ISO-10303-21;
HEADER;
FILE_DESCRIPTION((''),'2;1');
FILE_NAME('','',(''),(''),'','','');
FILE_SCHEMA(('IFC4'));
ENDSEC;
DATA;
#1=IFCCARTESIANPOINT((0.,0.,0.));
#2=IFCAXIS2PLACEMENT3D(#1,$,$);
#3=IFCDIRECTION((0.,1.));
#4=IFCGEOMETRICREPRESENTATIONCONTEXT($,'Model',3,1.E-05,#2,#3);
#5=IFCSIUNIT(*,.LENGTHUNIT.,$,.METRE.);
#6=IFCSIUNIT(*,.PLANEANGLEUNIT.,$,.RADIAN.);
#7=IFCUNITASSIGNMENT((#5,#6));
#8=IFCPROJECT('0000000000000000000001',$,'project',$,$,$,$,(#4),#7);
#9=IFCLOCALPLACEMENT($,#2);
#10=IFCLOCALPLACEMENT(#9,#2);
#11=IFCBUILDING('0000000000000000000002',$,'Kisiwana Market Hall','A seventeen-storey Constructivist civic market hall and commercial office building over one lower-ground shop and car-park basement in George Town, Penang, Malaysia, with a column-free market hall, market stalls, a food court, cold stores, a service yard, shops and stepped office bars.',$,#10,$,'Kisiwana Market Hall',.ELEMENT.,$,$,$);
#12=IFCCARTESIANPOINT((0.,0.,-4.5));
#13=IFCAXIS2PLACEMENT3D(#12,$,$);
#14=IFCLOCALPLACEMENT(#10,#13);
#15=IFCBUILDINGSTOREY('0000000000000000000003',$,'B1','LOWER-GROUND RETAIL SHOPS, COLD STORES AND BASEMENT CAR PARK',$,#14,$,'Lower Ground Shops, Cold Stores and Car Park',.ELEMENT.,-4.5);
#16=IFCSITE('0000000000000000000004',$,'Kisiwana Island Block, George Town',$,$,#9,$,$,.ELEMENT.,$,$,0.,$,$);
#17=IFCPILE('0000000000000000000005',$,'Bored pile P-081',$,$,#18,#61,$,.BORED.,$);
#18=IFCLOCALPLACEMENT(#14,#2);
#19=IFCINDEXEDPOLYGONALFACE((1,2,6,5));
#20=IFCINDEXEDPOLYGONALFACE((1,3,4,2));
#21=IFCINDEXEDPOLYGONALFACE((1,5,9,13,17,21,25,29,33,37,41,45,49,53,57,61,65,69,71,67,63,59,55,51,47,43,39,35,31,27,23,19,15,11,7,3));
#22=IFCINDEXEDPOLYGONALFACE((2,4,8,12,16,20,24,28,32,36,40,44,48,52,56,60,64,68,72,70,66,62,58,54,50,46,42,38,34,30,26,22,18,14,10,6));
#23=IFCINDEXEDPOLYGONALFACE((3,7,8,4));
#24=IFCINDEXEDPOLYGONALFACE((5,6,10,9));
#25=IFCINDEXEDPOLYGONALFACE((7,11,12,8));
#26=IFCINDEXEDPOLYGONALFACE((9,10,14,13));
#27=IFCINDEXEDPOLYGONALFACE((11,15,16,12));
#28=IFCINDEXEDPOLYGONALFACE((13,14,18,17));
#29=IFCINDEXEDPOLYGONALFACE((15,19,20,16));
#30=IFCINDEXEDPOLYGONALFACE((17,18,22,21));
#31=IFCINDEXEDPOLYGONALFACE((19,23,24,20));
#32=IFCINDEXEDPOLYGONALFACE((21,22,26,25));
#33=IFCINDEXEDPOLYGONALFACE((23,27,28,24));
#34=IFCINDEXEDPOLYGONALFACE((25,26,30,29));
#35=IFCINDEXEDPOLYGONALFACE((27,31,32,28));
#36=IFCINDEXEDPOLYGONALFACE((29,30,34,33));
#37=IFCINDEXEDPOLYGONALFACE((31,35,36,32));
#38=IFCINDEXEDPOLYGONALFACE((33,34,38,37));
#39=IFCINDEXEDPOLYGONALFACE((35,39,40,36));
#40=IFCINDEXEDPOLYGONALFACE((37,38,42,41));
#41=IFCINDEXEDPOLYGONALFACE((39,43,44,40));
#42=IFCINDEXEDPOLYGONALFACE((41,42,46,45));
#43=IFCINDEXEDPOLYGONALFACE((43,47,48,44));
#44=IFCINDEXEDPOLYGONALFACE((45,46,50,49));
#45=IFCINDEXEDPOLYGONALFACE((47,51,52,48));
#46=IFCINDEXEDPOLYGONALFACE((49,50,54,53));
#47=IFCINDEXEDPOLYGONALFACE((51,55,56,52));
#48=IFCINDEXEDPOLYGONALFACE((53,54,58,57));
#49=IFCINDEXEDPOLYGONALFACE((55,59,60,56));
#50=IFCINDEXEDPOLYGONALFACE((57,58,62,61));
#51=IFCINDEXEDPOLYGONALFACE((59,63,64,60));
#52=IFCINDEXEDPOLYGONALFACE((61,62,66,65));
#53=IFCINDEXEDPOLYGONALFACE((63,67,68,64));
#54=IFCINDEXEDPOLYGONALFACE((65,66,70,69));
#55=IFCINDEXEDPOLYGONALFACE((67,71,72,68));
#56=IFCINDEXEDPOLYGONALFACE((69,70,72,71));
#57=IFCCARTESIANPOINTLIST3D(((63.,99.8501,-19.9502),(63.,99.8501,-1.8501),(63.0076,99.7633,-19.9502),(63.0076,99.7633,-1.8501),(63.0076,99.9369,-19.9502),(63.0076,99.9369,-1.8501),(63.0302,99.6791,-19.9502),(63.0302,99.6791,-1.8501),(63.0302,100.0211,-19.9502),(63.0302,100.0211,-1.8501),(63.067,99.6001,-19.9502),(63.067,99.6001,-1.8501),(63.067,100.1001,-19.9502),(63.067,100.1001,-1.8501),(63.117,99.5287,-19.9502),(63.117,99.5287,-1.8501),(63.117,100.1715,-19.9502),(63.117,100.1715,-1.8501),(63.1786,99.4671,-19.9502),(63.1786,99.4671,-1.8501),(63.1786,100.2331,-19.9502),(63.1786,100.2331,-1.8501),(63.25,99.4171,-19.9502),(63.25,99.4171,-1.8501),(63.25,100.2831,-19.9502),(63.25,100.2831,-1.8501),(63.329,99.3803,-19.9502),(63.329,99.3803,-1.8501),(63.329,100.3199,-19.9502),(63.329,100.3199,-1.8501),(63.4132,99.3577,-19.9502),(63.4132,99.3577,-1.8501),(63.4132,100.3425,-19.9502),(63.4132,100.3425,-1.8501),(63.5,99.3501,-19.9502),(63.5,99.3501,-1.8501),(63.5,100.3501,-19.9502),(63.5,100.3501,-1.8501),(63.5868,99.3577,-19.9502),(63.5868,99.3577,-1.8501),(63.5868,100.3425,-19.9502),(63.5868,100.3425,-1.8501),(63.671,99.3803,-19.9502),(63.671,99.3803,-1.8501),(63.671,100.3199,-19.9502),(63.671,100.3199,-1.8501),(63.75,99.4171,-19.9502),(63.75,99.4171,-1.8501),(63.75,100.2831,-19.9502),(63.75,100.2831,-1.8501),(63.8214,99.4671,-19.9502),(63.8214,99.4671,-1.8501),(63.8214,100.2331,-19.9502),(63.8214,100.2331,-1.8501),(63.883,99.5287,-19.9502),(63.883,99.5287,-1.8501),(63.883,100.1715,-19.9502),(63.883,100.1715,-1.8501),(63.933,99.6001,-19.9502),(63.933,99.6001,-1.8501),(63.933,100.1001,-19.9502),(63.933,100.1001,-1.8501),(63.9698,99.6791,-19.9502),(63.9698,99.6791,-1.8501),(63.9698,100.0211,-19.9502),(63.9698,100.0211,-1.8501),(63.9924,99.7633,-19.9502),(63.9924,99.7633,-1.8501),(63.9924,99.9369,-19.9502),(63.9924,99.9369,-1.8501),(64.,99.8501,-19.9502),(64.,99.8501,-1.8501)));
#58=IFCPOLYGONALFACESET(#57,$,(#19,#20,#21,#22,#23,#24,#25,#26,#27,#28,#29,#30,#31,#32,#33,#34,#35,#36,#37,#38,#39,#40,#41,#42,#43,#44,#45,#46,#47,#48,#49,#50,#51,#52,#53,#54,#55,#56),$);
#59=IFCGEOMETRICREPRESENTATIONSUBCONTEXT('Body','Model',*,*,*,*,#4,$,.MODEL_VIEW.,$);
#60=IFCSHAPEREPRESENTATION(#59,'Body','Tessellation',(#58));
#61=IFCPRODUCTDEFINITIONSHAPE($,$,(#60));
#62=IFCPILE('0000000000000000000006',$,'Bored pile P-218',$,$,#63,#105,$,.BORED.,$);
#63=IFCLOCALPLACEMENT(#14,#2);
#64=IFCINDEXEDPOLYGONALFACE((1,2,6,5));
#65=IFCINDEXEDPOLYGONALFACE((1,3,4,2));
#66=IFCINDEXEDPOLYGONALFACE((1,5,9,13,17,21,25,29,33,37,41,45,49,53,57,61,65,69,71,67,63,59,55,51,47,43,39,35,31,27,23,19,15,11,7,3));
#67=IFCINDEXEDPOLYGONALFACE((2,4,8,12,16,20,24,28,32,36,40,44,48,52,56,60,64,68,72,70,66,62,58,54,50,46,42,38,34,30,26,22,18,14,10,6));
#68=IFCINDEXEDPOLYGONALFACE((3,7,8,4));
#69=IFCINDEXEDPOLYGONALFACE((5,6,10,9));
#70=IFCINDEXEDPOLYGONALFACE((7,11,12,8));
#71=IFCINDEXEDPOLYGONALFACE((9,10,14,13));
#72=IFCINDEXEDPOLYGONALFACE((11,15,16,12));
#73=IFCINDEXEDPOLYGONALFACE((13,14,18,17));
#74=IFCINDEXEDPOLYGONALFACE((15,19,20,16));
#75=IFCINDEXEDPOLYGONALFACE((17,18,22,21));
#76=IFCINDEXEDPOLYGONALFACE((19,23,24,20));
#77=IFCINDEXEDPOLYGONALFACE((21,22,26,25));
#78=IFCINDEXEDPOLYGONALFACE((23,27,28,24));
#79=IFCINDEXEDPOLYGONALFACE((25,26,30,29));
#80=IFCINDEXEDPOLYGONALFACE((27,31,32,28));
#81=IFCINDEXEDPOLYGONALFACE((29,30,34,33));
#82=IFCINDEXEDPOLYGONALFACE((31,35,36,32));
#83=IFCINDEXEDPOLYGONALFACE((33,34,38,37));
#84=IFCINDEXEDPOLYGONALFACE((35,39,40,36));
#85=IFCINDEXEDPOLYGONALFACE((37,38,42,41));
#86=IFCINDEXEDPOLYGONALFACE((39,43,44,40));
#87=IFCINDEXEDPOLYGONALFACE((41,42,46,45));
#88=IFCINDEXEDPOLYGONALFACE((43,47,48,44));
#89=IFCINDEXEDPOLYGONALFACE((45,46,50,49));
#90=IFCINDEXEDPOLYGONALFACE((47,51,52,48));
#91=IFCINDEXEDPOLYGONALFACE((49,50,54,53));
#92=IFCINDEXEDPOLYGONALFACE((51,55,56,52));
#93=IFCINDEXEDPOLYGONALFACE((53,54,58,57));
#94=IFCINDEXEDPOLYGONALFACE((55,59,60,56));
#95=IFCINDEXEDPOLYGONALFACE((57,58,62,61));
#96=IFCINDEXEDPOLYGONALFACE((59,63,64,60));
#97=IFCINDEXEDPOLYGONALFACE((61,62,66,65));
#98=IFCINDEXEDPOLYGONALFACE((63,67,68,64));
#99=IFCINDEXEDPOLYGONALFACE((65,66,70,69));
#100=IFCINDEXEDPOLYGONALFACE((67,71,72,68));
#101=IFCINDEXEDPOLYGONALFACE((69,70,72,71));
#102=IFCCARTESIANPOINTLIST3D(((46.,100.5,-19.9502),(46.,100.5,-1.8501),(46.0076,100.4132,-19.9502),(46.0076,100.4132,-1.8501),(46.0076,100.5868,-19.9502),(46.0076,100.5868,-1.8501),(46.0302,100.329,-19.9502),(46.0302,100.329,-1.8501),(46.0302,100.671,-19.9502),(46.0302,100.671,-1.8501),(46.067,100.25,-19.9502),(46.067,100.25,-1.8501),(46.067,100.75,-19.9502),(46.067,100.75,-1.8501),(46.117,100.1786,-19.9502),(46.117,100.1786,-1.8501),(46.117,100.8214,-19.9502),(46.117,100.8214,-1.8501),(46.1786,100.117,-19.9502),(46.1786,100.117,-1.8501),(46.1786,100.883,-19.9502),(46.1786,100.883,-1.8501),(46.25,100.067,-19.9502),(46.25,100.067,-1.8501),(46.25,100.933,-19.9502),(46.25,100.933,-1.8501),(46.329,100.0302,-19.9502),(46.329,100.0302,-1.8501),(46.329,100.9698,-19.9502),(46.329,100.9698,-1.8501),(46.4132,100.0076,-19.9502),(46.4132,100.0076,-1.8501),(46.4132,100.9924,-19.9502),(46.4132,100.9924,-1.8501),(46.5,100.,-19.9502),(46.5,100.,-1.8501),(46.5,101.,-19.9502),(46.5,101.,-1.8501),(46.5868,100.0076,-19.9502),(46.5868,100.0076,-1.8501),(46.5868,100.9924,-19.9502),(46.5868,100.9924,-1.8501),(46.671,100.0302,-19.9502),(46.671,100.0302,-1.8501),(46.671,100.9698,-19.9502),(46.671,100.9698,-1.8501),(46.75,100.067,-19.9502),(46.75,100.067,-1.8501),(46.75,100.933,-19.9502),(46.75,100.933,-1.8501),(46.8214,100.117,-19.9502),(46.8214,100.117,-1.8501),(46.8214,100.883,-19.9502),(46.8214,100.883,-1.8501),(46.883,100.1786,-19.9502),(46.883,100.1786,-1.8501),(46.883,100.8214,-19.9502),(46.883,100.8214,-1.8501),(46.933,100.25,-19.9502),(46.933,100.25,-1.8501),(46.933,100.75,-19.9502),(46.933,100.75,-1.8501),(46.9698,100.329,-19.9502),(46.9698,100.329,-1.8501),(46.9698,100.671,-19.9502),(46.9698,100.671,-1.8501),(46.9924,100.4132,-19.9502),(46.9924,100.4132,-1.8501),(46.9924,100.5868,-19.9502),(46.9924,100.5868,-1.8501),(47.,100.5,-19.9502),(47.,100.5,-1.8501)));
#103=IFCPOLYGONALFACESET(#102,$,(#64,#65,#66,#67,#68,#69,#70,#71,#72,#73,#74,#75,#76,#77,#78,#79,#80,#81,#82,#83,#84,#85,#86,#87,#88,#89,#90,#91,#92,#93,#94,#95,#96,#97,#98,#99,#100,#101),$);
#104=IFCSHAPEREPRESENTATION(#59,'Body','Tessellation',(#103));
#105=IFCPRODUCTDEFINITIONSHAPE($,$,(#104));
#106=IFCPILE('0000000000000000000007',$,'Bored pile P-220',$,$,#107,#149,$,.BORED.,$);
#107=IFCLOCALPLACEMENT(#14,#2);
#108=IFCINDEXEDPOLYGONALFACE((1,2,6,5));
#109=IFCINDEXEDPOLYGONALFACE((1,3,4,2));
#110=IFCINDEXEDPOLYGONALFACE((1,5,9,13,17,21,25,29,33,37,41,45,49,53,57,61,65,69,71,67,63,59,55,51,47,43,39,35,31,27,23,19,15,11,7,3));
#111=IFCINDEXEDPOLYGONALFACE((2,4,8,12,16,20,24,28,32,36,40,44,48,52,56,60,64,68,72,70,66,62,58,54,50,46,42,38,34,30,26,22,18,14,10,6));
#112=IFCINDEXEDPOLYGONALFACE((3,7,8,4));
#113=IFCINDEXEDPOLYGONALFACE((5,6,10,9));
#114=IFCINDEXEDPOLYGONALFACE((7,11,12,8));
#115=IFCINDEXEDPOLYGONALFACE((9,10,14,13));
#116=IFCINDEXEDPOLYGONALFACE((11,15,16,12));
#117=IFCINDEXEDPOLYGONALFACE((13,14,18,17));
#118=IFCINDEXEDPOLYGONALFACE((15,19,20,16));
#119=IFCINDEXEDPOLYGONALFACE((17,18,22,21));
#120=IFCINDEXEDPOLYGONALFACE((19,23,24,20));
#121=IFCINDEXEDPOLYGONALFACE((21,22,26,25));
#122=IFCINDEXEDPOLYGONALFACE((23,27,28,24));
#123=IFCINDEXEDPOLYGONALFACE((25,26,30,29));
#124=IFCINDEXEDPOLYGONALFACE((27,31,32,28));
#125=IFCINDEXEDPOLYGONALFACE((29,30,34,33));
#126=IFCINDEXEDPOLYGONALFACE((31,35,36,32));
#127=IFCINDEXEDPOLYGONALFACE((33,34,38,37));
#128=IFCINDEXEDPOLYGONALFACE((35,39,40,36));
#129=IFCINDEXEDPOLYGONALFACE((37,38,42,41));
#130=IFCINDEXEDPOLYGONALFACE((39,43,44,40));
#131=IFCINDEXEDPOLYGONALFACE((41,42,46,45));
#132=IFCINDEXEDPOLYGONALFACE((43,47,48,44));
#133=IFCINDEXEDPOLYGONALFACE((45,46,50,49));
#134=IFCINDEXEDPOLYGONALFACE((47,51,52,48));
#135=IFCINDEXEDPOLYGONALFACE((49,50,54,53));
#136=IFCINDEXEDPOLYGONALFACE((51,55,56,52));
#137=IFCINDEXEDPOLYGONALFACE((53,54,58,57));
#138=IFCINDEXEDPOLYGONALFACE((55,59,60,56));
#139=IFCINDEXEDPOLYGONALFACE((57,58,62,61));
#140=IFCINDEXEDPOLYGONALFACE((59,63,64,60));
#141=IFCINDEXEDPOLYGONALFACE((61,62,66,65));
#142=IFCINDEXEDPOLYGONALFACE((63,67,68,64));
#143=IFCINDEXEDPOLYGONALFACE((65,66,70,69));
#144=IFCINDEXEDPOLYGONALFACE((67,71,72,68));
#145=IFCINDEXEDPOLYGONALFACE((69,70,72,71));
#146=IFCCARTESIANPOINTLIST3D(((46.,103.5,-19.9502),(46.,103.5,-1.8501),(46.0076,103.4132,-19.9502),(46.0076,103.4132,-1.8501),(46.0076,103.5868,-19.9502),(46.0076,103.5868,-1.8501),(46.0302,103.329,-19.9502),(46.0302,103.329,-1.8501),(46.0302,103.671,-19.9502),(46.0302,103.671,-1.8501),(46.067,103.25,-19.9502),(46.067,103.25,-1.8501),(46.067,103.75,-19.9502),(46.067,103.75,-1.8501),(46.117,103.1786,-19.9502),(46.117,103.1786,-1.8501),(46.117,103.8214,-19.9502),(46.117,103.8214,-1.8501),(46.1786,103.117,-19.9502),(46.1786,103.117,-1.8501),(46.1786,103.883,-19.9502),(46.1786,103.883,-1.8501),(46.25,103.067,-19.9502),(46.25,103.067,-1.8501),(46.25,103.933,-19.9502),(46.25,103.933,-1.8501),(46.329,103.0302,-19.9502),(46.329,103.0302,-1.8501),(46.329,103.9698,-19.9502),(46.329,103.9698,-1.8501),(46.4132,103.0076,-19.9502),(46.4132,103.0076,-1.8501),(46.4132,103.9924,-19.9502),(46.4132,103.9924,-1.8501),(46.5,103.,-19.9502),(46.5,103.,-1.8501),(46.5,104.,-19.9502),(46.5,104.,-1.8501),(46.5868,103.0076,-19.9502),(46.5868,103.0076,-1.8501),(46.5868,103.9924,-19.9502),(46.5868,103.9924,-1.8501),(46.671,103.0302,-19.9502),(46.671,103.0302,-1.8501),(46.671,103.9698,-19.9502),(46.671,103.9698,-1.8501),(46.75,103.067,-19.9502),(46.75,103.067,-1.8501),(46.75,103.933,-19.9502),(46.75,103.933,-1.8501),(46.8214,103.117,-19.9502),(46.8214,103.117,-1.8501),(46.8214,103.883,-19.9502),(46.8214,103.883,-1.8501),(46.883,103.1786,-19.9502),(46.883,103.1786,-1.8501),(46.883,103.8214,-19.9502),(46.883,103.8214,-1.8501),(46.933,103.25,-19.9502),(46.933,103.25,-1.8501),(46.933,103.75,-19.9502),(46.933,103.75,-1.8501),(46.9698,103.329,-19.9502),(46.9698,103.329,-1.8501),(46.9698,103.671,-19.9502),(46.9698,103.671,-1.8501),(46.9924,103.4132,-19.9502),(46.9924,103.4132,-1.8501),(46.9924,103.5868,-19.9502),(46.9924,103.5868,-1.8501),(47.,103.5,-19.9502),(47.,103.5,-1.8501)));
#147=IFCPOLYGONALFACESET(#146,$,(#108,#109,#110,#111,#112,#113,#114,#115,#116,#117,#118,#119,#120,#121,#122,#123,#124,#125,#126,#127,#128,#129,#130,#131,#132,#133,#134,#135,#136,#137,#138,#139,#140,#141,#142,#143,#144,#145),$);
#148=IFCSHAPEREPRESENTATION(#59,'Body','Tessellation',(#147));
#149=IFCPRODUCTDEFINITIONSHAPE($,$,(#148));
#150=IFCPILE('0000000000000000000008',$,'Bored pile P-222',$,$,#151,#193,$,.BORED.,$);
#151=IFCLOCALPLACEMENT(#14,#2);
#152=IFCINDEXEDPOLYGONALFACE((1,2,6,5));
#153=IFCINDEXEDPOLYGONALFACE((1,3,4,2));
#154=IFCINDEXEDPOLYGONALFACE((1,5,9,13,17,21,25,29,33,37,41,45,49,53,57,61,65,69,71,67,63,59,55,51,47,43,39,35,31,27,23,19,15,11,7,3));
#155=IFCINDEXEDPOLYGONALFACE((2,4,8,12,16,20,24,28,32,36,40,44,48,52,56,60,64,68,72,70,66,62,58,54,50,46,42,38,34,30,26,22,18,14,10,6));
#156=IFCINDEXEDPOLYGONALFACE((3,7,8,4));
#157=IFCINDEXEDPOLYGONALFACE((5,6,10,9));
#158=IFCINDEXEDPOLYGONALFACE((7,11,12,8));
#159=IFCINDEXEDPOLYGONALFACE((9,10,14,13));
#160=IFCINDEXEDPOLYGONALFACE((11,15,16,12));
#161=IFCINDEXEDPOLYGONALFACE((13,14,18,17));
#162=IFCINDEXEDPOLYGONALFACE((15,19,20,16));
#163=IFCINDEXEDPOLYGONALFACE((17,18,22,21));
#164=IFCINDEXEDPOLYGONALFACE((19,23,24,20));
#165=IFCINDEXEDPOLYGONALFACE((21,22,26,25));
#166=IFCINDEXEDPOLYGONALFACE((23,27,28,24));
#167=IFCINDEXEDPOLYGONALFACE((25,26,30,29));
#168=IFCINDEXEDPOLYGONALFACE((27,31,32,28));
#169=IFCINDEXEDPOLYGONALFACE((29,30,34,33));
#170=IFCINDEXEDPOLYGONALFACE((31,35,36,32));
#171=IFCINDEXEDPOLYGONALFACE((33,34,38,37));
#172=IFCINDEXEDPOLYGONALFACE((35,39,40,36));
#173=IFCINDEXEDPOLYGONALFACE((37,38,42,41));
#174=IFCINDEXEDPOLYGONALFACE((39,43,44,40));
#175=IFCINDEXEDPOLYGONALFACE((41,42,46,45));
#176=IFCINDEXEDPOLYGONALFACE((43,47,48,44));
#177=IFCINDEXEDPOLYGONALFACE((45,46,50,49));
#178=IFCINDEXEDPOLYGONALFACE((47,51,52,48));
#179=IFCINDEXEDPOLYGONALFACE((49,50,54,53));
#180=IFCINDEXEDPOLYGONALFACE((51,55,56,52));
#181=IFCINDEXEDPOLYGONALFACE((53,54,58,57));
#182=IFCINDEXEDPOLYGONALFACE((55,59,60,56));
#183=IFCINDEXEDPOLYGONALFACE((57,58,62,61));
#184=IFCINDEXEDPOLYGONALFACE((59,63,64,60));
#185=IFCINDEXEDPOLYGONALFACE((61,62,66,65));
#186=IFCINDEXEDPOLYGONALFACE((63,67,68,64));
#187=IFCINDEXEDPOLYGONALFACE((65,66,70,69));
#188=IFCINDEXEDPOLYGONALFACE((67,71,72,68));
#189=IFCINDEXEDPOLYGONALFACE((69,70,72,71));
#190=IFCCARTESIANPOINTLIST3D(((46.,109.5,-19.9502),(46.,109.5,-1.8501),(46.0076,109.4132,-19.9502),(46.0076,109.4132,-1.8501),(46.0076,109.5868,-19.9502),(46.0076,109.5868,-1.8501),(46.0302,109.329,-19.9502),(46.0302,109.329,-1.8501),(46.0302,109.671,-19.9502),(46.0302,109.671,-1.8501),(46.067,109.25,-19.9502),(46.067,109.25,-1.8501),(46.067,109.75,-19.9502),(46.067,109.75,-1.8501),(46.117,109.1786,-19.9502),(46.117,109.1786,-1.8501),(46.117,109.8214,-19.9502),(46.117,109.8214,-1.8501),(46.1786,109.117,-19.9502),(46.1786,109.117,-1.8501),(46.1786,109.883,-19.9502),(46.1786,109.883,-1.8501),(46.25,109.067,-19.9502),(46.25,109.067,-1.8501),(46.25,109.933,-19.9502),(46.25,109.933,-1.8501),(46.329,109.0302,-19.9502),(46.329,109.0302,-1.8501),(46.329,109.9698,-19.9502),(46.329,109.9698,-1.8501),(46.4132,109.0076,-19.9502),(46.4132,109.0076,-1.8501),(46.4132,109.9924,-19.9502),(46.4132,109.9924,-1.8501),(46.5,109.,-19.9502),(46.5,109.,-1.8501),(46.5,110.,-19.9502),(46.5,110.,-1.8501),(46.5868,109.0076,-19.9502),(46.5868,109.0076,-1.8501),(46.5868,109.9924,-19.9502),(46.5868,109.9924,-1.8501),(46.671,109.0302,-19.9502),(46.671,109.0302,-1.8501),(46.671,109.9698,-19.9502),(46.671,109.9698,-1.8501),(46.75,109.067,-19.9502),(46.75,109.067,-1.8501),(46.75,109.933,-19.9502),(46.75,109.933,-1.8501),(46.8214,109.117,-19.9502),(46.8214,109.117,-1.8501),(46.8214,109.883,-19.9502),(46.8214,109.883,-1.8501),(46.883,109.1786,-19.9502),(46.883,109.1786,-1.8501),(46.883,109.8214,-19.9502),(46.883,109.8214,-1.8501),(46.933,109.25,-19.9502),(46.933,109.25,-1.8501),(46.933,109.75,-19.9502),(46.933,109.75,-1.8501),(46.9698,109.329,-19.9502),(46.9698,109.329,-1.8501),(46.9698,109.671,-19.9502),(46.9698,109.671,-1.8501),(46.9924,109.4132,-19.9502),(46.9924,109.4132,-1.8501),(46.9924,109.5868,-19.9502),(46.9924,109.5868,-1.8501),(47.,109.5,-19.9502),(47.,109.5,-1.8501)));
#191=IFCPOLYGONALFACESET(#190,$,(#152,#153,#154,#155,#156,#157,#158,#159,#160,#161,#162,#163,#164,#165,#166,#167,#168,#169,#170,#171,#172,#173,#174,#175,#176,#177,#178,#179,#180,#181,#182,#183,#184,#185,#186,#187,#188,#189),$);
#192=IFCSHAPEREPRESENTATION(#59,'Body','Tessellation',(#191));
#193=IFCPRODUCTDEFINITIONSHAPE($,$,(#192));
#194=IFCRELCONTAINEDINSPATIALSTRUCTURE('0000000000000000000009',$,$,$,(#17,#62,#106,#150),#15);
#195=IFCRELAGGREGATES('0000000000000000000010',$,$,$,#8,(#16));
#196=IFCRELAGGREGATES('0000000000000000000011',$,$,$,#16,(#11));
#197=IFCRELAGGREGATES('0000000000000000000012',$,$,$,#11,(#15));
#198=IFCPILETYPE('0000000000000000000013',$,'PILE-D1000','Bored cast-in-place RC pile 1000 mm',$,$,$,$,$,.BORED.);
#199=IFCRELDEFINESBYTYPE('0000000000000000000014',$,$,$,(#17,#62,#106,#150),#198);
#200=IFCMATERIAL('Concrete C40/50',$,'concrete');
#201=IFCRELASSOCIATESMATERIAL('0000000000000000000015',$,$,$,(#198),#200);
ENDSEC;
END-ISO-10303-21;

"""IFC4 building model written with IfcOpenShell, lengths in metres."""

from ifc_helpers import new_model, si_unit, direction, frame, origin, origin_2d, place, context, subcontext, project, spatial, circle, extrude, material, material_profile, profile_set, type_object, element, save


model = new_model("IFC4")

# Units and contexts
model_context = context("Model", 3, precision=1e-05, world=origin(), true_north=direction((0.0, 1.0)))
body_context = subcontext(model_context, "Body", "Model", "MODEL_VIEW")
ifc_project = project(units=[si_unit("LENGTHUNIT", "METRE"), si_unit("PLANEANGLEUNIT", "RADIAN")], contexts=[model_context])

# Site, building, storey
site_placement = place(None, origin())
site = spatial("IfcSite", under=ifc_project, at=site_placement, Name="Kisiwana Island Block, George Town", CompositionType="ELEMENT", RefElevation=0.0)
building_placement = place(site_placement, origin())
building = spatial("IfcBuilding", under=site, at=building_placement, Name="Kisiwana Market Hall", Description="A seventeen-storey Constructivist civic market hall and commercial office building over one lower-ground shop and car-park basement in George Town, Penang, Malaysia, with a column-free market hall, market stalls, a food court, cold stores, a service yard, shops and stepped office bars.", LongName="Kisiwana Market Hall", CompositionType="ELEMENT")
storey_placement = place(building_placement, frame((0.0, 0.0, -4.5)))
storey = spatial("IfcBuildingStorey", under=building, at=storey_placement, Name="B1", Description="LOWER-GROUND RETAIL SHOPS, COLD STORES AND BASEMENT CAR PARK", LongName="Lower Ground Shops, Cold Stores and Car Park", CompositionType="ELEMENT", Elevation=-4.5)

# Piles
ifc_material_1 = material(Name="Concrete C40/50", Category="concrete")
ifc_material_profile_1 = material_profile(ifc_material_1, circle(Radius=0.5, at=origin_2d()), Name="BP D1000")
ifc_profile_set_1 = profile_set([ifc_material_profile_1], Name="Concrete C40/50")
pile_type_1 = type_object("IfcPileType", Name="PILE-D1000", Description="Bored cast-in-place RC pile 1000 mm", PredefinedType="BORED", material=ifc_profile_set_1)
for number, where, z_axis, x_axis, name in (
    (1, (63.5, 99.8501, -1.8501), (0.0, 0.0, -1.0), (1.0, 0.0, 0.0), "Bored pile P-081"),
    (2, (46.5, 100.5, -1.8501), (0.0, 0.0, -1.0), (1.0, 0.0, 0.0), "Bored pile P-218"),
    (3, (46.5, 103.5, -1.8501), (0.0, 0.0, -1.0), (1.0, 0.0, 0.0), "Bored pile P-220"),
    (4, (46.5, 109.5, -1.8501), (0.0, 0.0, -1.0), (1.0, 0.0, 0.0), "Bored pile P-222"),
):
    element("IfcPile", number, at=place(storey_placement, frame(where, z_axis=z_axis, x_axis=x_axis)), inside=storey, type_object=pile_type_1, Name=name, PredefinedType="BORED", context=body_context, shape_type="SweptSolid", body=[
        extrude(circle(Radius=0.5, at=origin_2d()), origin(), (0.0, 0.0, 1.0), 18.1001),
    ])

save(model, "model.ifc")
